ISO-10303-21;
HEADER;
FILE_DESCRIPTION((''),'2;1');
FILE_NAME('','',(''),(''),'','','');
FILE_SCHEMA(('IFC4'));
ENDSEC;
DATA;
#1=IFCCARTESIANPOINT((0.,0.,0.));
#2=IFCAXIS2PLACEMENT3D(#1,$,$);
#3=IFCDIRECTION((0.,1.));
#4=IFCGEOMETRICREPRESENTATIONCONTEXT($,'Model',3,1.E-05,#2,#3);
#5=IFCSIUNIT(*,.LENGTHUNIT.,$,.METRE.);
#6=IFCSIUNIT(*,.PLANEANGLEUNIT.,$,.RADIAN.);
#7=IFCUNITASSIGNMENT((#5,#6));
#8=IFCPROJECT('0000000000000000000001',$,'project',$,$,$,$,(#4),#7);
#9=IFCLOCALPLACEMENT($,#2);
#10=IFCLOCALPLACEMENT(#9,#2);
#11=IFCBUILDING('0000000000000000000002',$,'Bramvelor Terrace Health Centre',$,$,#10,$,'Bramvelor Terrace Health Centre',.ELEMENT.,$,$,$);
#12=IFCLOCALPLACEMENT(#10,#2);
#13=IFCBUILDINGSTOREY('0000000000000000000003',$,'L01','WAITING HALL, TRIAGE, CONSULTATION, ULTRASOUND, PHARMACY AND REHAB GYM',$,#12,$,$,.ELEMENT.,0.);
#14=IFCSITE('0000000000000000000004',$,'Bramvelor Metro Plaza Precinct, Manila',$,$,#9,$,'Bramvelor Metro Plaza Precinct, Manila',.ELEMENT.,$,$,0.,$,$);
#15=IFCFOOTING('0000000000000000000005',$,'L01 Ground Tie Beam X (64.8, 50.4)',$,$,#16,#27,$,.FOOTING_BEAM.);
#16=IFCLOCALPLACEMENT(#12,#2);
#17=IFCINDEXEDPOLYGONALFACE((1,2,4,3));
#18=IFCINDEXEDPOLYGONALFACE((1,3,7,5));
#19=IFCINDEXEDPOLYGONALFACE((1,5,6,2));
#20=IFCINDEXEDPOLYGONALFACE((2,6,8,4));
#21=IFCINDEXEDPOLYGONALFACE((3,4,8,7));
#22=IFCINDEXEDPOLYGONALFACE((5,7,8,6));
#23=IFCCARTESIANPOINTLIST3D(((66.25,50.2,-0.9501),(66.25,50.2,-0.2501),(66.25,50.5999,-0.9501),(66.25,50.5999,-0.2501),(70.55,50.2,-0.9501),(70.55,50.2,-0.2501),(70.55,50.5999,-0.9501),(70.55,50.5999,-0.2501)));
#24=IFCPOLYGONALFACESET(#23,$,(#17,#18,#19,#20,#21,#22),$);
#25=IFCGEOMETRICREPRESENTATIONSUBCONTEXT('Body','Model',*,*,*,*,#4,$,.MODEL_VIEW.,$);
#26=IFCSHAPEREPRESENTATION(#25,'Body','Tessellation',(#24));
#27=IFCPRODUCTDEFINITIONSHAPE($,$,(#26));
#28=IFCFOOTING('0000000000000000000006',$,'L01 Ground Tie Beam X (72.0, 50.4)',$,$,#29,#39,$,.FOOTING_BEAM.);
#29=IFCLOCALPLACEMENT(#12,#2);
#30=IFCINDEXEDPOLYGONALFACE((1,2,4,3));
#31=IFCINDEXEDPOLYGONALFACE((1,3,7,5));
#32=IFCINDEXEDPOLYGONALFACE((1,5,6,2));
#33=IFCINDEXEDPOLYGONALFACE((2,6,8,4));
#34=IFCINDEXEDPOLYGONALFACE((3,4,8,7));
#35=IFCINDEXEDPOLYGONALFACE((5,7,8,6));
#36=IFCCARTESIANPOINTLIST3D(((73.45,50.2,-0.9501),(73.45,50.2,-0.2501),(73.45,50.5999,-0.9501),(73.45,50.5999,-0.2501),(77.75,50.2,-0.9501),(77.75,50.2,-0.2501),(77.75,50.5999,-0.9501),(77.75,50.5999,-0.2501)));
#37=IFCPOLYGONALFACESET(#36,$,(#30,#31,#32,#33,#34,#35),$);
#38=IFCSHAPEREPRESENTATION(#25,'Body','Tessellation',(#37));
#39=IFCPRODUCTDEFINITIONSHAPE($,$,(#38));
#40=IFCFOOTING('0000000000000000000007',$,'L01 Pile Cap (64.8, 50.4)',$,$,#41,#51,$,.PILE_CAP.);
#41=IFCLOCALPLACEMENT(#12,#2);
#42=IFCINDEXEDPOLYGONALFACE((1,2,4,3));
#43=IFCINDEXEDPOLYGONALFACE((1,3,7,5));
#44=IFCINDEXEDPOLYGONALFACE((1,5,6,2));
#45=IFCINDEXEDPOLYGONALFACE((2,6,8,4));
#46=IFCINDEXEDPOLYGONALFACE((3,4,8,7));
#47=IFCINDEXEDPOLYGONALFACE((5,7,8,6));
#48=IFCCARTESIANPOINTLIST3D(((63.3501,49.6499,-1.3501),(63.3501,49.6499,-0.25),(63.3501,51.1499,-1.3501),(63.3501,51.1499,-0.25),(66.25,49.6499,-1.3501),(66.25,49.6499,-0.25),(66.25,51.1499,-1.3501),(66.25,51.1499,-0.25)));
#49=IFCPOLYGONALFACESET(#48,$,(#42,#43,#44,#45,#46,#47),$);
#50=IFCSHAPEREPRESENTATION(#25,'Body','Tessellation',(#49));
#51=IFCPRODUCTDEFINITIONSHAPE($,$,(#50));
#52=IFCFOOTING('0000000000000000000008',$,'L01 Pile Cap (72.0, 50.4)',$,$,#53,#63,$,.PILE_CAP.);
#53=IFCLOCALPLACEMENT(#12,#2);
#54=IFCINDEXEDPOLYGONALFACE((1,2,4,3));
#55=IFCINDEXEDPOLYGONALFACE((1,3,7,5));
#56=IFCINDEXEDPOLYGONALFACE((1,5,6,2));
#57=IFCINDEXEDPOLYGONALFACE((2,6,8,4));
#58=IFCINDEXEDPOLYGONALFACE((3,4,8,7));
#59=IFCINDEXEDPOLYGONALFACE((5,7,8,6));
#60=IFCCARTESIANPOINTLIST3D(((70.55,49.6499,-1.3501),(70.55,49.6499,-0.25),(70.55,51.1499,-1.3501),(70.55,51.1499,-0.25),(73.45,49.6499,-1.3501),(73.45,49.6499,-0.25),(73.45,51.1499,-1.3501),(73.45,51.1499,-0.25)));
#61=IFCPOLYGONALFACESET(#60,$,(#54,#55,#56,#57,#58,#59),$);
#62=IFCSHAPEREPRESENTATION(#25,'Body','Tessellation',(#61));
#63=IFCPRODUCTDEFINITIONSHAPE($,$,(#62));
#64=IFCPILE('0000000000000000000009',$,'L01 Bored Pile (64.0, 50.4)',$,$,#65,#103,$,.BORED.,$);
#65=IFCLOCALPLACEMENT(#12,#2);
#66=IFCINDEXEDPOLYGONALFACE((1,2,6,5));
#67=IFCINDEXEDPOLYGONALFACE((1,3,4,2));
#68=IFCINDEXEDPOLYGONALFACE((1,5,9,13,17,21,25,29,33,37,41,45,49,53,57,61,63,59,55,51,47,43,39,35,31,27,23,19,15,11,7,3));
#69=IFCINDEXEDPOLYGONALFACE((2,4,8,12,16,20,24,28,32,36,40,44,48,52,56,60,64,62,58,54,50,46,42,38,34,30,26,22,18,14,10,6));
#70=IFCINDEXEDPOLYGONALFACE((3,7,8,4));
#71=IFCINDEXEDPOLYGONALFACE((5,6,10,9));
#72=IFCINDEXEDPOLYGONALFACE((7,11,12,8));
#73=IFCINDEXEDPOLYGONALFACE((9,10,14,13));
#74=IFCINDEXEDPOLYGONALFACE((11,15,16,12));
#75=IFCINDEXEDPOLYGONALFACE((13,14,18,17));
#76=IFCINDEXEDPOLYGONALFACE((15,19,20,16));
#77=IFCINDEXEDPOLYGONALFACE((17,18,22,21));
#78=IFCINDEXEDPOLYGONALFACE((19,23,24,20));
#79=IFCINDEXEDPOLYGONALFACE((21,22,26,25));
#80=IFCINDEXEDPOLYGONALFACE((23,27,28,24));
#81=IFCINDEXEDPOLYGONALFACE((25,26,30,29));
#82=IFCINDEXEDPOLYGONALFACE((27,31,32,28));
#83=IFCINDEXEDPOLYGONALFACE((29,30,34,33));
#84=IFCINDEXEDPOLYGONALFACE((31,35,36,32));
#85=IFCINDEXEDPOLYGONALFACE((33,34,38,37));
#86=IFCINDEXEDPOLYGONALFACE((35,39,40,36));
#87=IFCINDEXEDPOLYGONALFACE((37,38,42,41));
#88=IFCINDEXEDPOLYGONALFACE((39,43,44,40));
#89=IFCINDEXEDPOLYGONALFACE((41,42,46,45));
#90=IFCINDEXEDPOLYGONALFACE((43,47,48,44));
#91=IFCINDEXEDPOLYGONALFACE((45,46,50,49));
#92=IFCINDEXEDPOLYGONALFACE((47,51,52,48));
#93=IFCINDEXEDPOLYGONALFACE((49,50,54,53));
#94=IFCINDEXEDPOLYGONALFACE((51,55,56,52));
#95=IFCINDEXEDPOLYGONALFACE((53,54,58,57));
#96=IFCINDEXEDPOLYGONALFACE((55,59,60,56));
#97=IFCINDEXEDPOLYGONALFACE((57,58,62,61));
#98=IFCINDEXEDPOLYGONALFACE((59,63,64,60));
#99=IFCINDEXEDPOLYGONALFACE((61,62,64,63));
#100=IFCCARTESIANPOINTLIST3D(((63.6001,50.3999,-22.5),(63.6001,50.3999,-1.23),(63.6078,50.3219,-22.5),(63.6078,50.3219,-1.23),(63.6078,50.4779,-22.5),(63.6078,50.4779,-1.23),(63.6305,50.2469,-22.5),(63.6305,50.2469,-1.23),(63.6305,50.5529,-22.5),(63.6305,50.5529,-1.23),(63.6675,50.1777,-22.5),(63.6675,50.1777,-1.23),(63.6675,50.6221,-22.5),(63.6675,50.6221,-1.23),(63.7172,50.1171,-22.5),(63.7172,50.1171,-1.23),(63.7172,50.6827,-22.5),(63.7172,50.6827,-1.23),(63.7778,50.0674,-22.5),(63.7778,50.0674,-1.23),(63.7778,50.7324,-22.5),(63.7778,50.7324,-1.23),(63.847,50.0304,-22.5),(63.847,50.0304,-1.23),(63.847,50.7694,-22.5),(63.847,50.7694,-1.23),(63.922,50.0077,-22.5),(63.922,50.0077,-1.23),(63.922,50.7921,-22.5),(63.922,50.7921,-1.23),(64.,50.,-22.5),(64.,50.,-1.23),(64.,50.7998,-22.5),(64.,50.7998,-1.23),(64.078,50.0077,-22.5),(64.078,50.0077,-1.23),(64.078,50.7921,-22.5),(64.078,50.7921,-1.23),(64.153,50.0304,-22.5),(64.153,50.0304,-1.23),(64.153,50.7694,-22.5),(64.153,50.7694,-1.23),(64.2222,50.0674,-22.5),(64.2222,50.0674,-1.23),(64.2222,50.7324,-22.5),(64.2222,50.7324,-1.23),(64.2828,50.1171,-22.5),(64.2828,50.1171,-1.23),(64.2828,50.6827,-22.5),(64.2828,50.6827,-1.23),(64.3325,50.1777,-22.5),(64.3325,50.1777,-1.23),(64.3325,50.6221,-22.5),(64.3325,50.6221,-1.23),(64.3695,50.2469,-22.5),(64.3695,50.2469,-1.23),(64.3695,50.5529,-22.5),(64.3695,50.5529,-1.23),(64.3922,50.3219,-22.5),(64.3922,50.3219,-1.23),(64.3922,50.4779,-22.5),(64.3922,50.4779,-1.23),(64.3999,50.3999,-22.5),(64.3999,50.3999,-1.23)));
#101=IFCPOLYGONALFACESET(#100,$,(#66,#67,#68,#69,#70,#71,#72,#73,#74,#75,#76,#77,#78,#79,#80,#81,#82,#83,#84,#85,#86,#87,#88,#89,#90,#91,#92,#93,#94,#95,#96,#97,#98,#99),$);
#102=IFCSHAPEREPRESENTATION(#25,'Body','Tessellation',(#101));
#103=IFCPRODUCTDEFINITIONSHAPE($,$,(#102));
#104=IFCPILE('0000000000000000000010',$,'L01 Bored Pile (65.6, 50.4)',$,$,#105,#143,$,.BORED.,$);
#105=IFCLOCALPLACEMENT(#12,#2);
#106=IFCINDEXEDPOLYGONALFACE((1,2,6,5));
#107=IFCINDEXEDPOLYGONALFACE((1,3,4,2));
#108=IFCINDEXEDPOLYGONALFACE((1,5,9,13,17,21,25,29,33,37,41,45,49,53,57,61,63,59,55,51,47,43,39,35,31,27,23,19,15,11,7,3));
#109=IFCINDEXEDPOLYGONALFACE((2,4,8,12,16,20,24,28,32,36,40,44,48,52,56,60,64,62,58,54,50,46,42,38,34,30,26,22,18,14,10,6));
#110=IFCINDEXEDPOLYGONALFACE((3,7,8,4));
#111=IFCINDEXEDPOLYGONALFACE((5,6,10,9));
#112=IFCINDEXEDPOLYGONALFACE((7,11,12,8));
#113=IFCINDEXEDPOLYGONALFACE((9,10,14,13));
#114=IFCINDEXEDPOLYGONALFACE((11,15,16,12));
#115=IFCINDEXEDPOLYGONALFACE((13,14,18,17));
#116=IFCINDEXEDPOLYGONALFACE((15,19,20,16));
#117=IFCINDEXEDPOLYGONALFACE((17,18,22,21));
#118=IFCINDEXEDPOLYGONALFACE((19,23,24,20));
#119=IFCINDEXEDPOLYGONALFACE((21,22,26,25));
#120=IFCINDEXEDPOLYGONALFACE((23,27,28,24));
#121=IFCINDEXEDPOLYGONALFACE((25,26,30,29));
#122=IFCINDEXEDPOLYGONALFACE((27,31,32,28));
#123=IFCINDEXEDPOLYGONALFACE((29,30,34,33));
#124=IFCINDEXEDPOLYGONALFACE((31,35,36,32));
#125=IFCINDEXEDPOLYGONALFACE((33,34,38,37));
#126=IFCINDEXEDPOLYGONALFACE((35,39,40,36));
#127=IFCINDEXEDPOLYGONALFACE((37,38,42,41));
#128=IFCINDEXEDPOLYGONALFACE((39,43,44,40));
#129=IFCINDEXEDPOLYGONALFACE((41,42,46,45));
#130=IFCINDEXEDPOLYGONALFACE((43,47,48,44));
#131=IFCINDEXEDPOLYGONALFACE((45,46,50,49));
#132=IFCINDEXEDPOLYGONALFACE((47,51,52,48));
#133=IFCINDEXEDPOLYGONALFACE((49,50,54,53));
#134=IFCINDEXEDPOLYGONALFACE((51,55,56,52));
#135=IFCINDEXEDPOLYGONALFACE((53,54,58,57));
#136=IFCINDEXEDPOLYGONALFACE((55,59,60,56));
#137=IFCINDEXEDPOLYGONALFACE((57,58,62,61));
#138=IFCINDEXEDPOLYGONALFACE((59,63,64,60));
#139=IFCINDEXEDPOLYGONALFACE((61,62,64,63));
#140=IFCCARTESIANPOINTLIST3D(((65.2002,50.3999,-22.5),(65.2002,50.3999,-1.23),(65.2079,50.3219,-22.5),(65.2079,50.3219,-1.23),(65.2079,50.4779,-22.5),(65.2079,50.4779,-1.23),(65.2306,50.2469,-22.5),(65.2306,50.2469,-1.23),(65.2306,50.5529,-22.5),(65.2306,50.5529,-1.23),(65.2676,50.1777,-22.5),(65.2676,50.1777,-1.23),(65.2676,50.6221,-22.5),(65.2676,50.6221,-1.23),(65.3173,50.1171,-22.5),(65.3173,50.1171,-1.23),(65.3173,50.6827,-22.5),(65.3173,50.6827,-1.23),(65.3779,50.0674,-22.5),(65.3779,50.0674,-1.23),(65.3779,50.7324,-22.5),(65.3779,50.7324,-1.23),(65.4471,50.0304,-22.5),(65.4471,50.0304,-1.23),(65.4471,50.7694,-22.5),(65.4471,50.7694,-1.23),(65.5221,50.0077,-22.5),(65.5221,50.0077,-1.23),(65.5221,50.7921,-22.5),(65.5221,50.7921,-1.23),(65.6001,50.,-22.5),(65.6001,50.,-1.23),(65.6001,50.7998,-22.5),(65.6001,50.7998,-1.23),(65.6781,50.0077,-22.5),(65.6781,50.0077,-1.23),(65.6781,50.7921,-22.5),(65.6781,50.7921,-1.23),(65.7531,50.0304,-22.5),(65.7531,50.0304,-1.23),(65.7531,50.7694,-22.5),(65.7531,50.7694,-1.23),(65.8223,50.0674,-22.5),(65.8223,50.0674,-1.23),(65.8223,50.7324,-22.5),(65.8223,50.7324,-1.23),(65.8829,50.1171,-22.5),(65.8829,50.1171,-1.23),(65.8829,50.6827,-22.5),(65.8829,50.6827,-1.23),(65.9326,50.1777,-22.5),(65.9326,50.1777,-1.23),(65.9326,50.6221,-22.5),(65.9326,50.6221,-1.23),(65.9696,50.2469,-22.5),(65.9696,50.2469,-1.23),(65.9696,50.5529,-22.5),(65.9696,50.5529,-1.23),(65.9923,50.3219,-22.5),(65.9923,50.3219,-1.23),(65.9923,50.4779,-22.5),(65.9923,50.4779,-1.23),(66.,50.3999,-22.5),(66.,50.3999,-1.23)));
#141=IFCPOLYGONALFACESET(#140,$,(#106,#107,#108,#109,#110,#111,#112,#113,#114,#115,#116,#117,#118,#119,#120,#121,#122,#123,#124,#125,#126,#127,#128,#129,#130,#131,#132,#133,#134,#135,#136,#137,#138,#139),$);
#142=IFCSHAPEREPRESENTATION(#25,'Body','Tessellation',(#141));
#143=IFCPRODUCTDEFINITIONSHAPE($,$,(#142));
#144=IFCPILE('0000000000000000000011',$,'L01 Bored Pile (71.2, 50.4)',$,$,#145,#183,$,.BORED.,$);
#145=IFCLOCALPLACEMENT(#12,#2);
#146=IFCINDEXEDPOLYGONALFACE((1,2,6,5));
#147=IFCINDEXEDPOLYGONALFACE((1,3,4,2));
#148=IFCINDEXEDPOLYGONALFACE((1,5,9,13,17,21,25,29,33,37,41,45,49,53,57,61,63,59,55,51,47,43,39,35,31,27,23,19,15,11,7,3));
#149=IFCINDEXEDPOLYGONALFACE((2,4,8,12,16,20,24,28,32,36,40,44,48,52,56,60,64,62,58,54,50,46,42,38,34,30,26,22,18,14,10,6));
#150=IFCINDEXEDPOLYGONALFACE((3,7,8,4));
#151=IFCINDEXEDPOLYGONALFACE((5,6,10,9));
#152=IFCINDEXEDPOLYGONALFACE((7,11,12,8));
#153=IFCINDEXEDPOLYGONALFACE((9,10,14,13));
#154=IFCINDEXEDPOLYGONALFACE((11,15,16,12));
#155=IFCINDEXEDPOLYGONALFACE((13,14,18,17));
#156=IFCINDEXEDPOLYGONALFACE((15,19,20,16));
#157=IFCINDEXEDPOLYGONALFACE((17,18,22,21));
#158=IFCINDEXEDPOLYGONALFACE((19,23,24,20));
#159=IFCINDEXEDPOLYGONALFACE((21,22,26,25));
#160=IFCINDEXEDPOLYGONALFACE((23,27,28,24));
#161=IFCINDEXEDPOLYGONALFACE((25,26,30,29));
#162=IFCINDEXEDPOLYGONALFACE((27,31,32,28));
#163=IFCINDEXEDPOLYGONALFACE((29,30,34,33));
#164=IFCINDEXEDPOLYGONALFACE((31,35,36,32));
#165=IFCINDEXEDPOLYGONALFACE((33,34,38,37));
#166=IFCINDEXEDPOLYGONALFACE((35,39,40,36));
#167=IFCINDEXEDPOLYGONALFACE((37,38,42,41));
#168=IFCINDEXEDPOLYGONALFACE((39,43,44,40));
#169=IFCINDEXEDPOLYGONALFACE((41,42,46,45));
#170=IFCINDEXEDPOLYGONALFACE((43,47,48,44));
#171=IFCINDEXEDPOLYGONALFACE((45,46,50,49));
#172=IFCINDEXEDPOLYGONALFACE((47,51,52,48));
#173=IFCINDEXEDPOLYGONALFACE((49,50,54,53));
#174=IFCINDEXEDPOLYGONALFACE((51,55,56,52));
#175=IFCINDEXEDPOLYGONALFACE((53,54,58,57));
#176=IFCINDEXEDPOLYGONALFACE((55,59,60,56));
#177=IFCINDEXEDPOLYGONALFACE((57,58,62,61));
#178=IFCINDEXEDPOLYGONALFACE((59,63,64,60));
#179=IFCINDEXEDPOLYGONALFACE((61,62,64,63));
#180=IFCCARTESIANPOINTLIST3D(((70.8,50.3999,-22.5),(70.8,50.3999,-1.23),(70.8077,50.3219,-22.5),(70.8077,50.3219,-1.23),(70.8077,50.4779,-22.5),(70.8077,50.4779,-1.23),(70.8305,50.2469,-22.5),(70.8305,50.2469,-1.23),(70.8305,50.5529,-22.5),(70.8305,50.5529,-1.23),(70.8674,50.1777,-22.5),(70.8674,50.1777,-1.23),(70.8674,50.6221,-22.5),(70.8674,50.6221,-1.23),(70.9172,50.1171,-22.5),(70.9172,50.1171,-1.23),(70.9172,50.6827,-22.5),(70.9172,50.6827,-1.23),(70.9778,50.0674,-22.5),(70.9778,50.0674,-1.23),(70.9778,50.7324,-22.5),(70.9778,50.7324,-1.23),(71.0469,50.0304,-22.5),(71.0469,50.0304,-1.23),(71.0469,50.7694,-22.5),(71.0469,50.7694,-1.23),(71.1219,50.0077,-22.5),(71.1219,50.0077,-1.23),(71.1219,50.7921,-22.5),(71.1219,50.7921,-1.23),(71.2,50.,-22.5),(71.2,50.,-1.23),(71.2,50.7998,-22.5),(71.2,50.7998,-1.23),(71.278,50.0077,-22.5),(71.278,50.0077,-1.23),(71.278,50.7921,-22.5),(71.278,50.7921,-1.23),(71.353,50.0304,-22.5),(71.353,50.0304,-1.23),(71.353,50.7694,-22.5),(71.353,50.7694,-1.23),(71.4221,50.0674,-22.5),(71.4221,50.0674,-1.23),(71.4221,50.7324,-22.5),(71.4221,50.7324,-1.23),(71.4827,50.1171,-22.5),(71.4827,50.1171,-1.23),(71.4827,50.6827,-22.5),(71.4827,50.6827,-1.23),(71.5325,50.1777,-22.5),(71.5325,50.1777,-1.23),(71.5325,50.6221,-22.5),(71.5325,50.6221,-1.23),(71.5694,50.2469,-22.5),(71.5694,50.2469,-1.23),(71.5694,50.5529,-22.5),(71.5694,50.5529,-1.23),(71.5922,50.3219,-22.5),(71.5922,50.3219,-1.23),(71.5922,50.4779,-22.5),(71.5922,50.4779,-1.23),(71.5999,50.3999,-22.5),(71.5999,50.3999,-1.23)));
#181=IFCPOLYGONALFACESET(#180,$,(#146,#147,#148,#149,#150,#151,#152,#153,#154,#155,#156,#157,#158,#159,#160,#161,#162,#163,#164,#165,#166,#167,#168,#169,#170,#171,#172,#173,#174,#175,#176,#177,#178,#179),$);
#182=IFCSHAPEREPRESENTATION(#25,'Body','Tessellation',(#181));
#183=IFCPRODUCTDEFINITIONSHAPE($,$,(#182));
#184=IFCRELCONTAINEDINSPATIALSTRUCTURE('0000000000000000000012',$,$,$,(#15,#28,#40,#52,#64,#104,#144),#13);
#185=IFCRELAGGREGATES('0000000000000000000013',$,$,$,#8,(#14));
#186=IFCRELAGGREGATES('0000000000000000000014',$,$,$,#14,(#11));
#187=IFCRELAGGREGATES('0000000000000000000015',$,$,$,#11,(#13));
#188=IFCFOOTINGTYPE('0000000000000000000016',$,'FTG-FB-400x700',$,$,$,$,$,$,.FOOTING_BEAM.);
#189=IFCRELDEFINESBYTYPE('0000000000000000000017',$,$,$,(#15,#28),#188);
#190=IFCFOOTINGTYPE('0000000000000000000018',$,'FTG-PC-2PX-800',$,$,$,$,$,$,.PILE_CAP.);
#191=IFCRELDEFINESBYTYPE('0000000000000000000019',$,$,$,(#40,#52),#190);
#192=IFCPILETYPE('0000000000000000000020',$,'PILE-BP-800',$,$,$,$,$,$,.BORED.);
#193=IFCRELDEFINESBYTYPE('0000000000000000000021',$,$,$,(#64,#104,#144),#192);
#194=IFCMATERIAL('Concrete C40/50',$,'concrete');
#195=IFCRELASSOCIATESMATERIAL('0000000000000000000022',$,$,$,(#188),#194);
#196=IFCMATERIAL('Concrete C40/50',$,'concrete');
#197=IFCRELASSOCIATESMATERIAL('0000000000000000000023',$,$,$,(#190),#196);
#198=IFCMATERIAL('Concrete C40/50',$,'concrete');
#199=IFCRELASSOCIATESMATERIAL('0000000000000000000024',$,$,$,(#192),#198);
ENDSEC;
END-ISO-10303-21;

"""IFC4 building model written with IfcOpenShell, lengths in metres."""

from ifc_helpers import new_model, si_unit, direction, frame, origin, origin_2d, place, context, subcontext, project, spatial, rectangle, circle, extrude, material, material_profile, profile_set, type_object, element, save


model = new_model("IFC4")

# Units and contexts
model_context = context("Model", 3, precision=1e-05, world=origin(), true_north=direction((0.0, 1.0)))
body_context = subcontext(model_context, "Body", "Model", "MODEL_VIEW")
ifc_project = project(units=[si_unit("LENGTHUNIT", "METRE"), si_unit("PLANEANGLEUNIT", "RADIAN")], contexts=[model_context])

# Site, building, storey
site_placement = place(None, origin())
site = spatial("IfcSite", under=ifc_project, at=site_placement, Name="Bramvelor Metro Plaza Precinct, Manila", LongName="Bramvelor Metro Plaza Precinct, Manila", CompositionType="ELEMENT", RefElevation=0.0)
building_placement = place(site_placement, origin())
building = spatial("IfcBuilding", under=site, at=building_placement, Name="Bramvelor Terrace Health Centre", LongName="Bramvelor Terrace Health Centre", CompositionType="ELEMENT")
storey_placement = place(building_placement, origin())
storey = spatial("IfcBuildingStorey", under=building, at=storey_placement, Name="L01", Description="WAITING HALL, TRIAGE, CONSULTATION, ULTRASOUND, PHARMACY AND REHAB GYM", CompositionType="ELEMENT", Elevation=0.0)

# Footings
ifc_material_1 = material(Name="Concrete C40/50", Category="concrete")
ifc_material_profile_1 = material_profile(ifc_material_1, rectangle(XDim=0.3999, YDim=0.7, at=origin_2d()), Name="RC 400x700")
ifc_profile_set_1 = profile_set([ifc_material_profile_1], Name="Concrete C40/50")
footing_type_1 = type_object("IfcFootingType", Name="FTG-FB-400x700", PredefinedType="FOOTING_BEAM", material=ifc_profile_set_1)
for number, where, z_axis, x_axis, name in (
    (1, (66.25, 50.3999, -0.6001), (1.0, 0.0, 0.0), (0.0, 1.0, 0.0), "L01 Ground Tie Beam X (64.8, 50.4)"),
    (2, (73.45, 50.3999, -0.6001), (1.0, 0.0, 0.0), (0.0, 1.0, 0.0), "L01 Ground Tie Beam X (72.0, 50.4)"),
):
    element("IfcFooting", number, at=place(storey_placement, frame(where, z_axis=z_axis, x_axis=x_axis)), inside=storey, type_object=footing_type_1, Name=name, PredefinedType="FOOTING_BEAM", context=body_context, shape_type="SweptSolid", body=[
        extrude(rectangle(XDim=0.3999, YDim=0.7, at=origin_2d()), origin(), (0.0, 0.0, 1.0), 4.3),
    ])
ifc_material_2 = material(Name="Concrete C40/50", Category="concrete")
footing_type_2 = type_object("IfcFootingType", Name="FTG-PC-2PX-800", PredefinedType="PILE_CAP", material=ifc_material_2)
for number, where, z_axis, x_axis, name in (
    (3, (64.8, 50.3999, -1.3501), (0.0, 0.0, 1.0), (1.0, 0.0, 0.0), "L01 Pile Cap (64.8, 50.4)"),
    (4, (72.0, 50.3999, -1.3501), (0.0, 0.0, 1.0), (1.0, 0.0, 0.0), "L01 Pile Cap (72.0, 50.4)"),
):
    element("IfcFooting", number, at=place(storey_placement, frame(where, z_axis=z_axis, x_axis=x_axis)), inside=storey, type_object=footing_type_2, Name=name, PredefinedType="PILE_CAP", context=body_context, shape_type="SweptSolid", body=[
        extrude(rectangle(XDim=2.8999, YDim=1.5, at=origin_2d()), origin(), (0.0, 0.0, 1.0), 1.1001),
    ])

# Piles
ifc_material_3 = material(Name="Concrete C40/50", Category="concrete")
ifc_material_profile_2 = material_profile(ifc_material_3, circle(Radius=0.3999, at=origin_2d()), Name="BP D800")
ifc_profile_set_2 = profile_set([ifc_material_profile_2], Name="Concrete C40/50")
pile_type = type_object("IfcPileType", Name="PILE-BP-800", PredefinedType="BORED", material=ifc_profile_set_2)
for number, where, z_axis, x_axis, name in (
    (5, (64.0, 50.3999, -1.23), (0.0, 0.0, -1.0), (1.0, 0.0, 0.0), "L01 Bored Pile (64.0, 50.4)"),
    (6, (65.6001, 50.3999, -1.23), (0.0, 0.0, -1.0), (1.0, 0.0, 0.0), "L01 Bored Pile (65.6, 50.4)"),
    (7, (71.2, 50.3999, -1.23), (0.0, 0.0, -1.0), (1.0, 0.0, 0.0), "L01 Bored Pile (71.2, 50.4)"),
):
    element("IfcPile", number, at=place(storey_placement, frame(where, z_axis=z_axis, x_axis=x_axis)), inside=storey, type_object=pile_type, Name=name, PredefinedType="BORED", context=body_context, shape_type="SweptSolid", body=[
        extrude(circle(Radius=0.3999, at=origin_2d()), origin(), (0.0, 0.0, 1.0), 21.27),
    ])

save(model, "model.ifc")
